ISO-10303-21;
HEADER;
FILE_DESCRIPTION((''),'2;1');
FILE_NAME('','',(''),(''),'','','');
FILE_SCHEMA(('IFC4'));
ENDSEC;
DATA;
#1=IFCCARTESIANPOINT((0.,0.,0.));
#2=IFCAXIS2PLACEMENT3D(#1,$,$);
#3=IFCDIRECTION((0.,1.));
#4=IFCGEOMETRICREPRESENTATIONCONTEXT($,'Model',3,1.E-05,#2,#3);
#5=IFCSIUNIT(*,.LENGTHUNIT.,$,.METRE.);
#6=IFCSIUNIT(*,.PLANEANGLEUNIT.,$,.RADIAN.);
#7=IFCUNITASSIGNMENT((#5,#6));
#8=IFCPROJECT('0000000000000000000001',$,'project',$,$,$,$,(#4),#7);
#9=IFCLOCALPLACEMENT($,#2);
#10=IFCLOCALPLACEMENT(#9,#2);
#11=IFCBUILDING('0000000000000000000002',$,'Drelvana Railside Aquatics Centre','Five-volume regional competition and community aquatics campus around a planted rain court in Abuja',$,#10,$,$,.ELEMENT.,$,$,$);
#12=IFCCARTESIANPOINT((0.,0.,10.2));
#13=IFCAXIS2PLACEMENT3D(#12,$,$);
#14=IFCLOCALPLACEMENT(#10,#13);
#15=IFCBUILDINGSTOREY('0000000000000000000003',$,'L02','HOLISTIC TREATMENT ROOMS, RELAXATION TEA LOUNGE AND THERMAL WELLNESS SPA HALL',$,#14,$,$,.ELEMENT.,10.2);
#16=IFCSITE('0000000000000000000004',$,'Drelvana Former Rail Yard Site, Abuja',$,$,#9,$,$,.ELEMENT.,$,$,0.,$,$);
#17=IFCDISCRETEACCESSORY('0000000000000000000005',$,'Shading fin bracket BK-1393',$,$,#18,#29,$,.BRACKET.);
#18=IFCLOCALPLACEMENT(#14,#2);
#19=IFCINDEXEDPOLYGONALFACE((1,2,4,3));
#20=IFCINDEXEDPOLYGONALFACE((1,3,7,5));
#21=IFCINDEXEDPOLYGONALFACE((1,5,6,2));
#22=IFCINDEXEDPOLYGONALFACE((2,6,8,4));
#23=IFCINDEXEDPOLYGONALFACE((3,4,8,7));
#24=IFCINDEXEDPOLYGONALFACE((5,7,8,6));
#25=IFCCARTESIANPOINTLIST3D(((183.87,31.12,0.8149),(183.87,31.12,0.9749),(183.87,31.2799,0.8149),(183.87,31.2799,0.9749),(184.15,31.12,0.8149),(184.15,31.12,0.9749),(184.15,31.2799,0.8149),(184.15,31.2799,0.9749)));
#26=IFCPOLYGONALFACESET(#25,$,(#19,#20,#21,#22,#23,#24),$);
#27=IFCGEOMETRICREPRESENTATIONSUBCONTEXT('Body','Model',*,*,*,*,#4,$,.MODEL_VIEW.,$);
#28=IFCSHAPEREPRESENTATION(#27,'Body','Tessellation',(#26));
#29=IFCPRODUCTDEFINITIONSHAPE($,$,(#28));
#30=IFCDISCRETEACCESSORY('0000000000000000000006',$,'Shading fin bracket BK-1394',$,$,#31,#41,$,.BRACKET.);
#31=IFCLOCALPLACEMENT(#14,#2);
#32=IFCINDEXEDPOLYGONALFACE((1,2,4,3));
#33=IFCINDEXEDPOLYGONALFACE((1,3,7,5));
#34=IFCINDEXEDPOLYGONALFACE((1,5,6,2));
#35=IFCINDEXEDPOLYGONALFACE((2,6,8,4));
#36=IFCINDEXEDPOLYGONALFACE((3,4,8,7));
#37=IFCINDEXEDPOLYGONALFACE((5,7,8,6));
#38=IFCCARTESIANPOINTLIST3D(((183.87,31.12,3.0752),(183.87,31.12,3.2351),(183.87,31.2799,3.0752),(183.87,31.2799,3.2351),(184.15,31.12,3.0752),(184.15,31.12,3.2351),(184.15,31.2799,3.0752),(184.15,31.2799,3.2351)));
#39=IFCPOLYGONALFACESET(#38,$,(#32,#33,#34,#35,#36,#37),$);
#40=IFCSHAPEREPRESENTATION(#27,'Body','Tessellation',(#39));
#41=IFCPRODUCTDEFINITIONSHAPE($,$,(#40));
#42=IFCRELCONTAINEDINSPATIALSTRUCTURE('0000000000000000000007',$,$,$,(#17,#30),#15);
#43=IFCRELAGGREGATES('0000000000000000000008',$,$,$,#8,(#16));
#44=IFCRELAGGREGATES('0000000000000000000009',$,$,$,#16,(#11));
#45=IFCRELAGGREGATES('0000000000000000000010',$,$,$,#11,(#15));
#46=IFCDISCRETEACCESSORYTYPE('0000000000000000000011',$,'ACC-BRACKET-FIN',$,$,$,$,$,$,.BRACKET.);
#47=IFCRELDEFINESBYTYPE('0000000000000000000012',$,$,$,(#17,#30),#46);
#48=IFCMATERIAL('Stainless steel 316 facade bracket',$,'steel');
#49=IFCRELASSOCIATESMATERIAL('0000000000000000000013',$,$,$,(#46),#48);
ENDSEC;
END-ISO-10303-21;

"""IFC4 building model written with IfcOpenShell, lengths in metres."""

from ifc_helpers import new_model, si_unit, direction, frame, origin, origin_2d, place, context, subcontext, project, spatial, rectangle, extrude, material, type_object, element, save


model = new_model("IFC4")

# Units and contexts
model_context = context("Model", 3, precision=1e-05, world=origin(), true_north=direction((0.0, 1.0)))
body_context = subcontext(model_context, "Body", "Model", "MODEL_VIEW")
ifc_project = project(units=[si_unit("LENGTHUNIT", "METRE"), si_unit("PLANEANGLEUNIT", "RADIAN")], contexts=[model_context])

# Site, building, storey
site_placement = place(None, origin())
site = spatial("IfcSite", under=ifc_project, at=site_placement, Name="Drelvana Former Rail Yard Site, Abuja", CompositionType="ELEMENT", RefElevation=0.0)
building_placement = place(site_placement, origin())
building = spatial("IfcBuilding", under=site, at=building_placement, Name="Drelvana Railside Aquatics Centre", Description="Five-volume regional competition and community aquatics campus around a planted rain court in Abuja", CompositionType="ELEMENT")
storey_placement = place(building_placement, frame((0.0, 0.0, 10.2)))
storey = spatial("IfcBuildingStorey", under=building, at=storey_placement, Name="L02", Description="HOLISTIC TREATMENT ROOMS, RELAXATION TEA LOUNGE AND THERMAL WELLNESS SPA HALL", CompositionType="ELEMENT", Elevation=10.2)

# Discrete accessories
ifc_material_1 = material(Name="Stainless steel 316 facade bracket", Category="steel")
discrete_accessory_type = type_object("IfcDiscreteAccessoryType", Name="ACC-BRACKET-FIN", PredefinedType="BRACKET", material=ifc_material_1)
for number, where, z_axis, x_axis, name in (
    (1, (184.01, 31.2, 0.8149), (0.0, 0.0, 1.0), (1.0, 0.0, 0.0), "Shading fin bracket BK-1393"),
    (2, (184.01, 31.2, 3.0752), (0.0, 0.0, 1.0), (1.0, 0.0, 0.0), "Shading fin bracket BK-1394"),
):
    element("IfcDiscreteAccessory", number, at=place(storey_placement, frame(where, z_axis=z_axis, x_axis=x_axis)), inside=storey, type_object=discrete_accessory_type, Name=name, PredefinedType="BRACKET", context=body_context, shape_type="SweptSolid", body=[
        extrude(rectangle(XDim=0.28, YDim=0.1599, at=origin_2d()), origin(), (0.0, 0.0, 1.0), 0.1599),
    ])

save(model, "model.ifc")
